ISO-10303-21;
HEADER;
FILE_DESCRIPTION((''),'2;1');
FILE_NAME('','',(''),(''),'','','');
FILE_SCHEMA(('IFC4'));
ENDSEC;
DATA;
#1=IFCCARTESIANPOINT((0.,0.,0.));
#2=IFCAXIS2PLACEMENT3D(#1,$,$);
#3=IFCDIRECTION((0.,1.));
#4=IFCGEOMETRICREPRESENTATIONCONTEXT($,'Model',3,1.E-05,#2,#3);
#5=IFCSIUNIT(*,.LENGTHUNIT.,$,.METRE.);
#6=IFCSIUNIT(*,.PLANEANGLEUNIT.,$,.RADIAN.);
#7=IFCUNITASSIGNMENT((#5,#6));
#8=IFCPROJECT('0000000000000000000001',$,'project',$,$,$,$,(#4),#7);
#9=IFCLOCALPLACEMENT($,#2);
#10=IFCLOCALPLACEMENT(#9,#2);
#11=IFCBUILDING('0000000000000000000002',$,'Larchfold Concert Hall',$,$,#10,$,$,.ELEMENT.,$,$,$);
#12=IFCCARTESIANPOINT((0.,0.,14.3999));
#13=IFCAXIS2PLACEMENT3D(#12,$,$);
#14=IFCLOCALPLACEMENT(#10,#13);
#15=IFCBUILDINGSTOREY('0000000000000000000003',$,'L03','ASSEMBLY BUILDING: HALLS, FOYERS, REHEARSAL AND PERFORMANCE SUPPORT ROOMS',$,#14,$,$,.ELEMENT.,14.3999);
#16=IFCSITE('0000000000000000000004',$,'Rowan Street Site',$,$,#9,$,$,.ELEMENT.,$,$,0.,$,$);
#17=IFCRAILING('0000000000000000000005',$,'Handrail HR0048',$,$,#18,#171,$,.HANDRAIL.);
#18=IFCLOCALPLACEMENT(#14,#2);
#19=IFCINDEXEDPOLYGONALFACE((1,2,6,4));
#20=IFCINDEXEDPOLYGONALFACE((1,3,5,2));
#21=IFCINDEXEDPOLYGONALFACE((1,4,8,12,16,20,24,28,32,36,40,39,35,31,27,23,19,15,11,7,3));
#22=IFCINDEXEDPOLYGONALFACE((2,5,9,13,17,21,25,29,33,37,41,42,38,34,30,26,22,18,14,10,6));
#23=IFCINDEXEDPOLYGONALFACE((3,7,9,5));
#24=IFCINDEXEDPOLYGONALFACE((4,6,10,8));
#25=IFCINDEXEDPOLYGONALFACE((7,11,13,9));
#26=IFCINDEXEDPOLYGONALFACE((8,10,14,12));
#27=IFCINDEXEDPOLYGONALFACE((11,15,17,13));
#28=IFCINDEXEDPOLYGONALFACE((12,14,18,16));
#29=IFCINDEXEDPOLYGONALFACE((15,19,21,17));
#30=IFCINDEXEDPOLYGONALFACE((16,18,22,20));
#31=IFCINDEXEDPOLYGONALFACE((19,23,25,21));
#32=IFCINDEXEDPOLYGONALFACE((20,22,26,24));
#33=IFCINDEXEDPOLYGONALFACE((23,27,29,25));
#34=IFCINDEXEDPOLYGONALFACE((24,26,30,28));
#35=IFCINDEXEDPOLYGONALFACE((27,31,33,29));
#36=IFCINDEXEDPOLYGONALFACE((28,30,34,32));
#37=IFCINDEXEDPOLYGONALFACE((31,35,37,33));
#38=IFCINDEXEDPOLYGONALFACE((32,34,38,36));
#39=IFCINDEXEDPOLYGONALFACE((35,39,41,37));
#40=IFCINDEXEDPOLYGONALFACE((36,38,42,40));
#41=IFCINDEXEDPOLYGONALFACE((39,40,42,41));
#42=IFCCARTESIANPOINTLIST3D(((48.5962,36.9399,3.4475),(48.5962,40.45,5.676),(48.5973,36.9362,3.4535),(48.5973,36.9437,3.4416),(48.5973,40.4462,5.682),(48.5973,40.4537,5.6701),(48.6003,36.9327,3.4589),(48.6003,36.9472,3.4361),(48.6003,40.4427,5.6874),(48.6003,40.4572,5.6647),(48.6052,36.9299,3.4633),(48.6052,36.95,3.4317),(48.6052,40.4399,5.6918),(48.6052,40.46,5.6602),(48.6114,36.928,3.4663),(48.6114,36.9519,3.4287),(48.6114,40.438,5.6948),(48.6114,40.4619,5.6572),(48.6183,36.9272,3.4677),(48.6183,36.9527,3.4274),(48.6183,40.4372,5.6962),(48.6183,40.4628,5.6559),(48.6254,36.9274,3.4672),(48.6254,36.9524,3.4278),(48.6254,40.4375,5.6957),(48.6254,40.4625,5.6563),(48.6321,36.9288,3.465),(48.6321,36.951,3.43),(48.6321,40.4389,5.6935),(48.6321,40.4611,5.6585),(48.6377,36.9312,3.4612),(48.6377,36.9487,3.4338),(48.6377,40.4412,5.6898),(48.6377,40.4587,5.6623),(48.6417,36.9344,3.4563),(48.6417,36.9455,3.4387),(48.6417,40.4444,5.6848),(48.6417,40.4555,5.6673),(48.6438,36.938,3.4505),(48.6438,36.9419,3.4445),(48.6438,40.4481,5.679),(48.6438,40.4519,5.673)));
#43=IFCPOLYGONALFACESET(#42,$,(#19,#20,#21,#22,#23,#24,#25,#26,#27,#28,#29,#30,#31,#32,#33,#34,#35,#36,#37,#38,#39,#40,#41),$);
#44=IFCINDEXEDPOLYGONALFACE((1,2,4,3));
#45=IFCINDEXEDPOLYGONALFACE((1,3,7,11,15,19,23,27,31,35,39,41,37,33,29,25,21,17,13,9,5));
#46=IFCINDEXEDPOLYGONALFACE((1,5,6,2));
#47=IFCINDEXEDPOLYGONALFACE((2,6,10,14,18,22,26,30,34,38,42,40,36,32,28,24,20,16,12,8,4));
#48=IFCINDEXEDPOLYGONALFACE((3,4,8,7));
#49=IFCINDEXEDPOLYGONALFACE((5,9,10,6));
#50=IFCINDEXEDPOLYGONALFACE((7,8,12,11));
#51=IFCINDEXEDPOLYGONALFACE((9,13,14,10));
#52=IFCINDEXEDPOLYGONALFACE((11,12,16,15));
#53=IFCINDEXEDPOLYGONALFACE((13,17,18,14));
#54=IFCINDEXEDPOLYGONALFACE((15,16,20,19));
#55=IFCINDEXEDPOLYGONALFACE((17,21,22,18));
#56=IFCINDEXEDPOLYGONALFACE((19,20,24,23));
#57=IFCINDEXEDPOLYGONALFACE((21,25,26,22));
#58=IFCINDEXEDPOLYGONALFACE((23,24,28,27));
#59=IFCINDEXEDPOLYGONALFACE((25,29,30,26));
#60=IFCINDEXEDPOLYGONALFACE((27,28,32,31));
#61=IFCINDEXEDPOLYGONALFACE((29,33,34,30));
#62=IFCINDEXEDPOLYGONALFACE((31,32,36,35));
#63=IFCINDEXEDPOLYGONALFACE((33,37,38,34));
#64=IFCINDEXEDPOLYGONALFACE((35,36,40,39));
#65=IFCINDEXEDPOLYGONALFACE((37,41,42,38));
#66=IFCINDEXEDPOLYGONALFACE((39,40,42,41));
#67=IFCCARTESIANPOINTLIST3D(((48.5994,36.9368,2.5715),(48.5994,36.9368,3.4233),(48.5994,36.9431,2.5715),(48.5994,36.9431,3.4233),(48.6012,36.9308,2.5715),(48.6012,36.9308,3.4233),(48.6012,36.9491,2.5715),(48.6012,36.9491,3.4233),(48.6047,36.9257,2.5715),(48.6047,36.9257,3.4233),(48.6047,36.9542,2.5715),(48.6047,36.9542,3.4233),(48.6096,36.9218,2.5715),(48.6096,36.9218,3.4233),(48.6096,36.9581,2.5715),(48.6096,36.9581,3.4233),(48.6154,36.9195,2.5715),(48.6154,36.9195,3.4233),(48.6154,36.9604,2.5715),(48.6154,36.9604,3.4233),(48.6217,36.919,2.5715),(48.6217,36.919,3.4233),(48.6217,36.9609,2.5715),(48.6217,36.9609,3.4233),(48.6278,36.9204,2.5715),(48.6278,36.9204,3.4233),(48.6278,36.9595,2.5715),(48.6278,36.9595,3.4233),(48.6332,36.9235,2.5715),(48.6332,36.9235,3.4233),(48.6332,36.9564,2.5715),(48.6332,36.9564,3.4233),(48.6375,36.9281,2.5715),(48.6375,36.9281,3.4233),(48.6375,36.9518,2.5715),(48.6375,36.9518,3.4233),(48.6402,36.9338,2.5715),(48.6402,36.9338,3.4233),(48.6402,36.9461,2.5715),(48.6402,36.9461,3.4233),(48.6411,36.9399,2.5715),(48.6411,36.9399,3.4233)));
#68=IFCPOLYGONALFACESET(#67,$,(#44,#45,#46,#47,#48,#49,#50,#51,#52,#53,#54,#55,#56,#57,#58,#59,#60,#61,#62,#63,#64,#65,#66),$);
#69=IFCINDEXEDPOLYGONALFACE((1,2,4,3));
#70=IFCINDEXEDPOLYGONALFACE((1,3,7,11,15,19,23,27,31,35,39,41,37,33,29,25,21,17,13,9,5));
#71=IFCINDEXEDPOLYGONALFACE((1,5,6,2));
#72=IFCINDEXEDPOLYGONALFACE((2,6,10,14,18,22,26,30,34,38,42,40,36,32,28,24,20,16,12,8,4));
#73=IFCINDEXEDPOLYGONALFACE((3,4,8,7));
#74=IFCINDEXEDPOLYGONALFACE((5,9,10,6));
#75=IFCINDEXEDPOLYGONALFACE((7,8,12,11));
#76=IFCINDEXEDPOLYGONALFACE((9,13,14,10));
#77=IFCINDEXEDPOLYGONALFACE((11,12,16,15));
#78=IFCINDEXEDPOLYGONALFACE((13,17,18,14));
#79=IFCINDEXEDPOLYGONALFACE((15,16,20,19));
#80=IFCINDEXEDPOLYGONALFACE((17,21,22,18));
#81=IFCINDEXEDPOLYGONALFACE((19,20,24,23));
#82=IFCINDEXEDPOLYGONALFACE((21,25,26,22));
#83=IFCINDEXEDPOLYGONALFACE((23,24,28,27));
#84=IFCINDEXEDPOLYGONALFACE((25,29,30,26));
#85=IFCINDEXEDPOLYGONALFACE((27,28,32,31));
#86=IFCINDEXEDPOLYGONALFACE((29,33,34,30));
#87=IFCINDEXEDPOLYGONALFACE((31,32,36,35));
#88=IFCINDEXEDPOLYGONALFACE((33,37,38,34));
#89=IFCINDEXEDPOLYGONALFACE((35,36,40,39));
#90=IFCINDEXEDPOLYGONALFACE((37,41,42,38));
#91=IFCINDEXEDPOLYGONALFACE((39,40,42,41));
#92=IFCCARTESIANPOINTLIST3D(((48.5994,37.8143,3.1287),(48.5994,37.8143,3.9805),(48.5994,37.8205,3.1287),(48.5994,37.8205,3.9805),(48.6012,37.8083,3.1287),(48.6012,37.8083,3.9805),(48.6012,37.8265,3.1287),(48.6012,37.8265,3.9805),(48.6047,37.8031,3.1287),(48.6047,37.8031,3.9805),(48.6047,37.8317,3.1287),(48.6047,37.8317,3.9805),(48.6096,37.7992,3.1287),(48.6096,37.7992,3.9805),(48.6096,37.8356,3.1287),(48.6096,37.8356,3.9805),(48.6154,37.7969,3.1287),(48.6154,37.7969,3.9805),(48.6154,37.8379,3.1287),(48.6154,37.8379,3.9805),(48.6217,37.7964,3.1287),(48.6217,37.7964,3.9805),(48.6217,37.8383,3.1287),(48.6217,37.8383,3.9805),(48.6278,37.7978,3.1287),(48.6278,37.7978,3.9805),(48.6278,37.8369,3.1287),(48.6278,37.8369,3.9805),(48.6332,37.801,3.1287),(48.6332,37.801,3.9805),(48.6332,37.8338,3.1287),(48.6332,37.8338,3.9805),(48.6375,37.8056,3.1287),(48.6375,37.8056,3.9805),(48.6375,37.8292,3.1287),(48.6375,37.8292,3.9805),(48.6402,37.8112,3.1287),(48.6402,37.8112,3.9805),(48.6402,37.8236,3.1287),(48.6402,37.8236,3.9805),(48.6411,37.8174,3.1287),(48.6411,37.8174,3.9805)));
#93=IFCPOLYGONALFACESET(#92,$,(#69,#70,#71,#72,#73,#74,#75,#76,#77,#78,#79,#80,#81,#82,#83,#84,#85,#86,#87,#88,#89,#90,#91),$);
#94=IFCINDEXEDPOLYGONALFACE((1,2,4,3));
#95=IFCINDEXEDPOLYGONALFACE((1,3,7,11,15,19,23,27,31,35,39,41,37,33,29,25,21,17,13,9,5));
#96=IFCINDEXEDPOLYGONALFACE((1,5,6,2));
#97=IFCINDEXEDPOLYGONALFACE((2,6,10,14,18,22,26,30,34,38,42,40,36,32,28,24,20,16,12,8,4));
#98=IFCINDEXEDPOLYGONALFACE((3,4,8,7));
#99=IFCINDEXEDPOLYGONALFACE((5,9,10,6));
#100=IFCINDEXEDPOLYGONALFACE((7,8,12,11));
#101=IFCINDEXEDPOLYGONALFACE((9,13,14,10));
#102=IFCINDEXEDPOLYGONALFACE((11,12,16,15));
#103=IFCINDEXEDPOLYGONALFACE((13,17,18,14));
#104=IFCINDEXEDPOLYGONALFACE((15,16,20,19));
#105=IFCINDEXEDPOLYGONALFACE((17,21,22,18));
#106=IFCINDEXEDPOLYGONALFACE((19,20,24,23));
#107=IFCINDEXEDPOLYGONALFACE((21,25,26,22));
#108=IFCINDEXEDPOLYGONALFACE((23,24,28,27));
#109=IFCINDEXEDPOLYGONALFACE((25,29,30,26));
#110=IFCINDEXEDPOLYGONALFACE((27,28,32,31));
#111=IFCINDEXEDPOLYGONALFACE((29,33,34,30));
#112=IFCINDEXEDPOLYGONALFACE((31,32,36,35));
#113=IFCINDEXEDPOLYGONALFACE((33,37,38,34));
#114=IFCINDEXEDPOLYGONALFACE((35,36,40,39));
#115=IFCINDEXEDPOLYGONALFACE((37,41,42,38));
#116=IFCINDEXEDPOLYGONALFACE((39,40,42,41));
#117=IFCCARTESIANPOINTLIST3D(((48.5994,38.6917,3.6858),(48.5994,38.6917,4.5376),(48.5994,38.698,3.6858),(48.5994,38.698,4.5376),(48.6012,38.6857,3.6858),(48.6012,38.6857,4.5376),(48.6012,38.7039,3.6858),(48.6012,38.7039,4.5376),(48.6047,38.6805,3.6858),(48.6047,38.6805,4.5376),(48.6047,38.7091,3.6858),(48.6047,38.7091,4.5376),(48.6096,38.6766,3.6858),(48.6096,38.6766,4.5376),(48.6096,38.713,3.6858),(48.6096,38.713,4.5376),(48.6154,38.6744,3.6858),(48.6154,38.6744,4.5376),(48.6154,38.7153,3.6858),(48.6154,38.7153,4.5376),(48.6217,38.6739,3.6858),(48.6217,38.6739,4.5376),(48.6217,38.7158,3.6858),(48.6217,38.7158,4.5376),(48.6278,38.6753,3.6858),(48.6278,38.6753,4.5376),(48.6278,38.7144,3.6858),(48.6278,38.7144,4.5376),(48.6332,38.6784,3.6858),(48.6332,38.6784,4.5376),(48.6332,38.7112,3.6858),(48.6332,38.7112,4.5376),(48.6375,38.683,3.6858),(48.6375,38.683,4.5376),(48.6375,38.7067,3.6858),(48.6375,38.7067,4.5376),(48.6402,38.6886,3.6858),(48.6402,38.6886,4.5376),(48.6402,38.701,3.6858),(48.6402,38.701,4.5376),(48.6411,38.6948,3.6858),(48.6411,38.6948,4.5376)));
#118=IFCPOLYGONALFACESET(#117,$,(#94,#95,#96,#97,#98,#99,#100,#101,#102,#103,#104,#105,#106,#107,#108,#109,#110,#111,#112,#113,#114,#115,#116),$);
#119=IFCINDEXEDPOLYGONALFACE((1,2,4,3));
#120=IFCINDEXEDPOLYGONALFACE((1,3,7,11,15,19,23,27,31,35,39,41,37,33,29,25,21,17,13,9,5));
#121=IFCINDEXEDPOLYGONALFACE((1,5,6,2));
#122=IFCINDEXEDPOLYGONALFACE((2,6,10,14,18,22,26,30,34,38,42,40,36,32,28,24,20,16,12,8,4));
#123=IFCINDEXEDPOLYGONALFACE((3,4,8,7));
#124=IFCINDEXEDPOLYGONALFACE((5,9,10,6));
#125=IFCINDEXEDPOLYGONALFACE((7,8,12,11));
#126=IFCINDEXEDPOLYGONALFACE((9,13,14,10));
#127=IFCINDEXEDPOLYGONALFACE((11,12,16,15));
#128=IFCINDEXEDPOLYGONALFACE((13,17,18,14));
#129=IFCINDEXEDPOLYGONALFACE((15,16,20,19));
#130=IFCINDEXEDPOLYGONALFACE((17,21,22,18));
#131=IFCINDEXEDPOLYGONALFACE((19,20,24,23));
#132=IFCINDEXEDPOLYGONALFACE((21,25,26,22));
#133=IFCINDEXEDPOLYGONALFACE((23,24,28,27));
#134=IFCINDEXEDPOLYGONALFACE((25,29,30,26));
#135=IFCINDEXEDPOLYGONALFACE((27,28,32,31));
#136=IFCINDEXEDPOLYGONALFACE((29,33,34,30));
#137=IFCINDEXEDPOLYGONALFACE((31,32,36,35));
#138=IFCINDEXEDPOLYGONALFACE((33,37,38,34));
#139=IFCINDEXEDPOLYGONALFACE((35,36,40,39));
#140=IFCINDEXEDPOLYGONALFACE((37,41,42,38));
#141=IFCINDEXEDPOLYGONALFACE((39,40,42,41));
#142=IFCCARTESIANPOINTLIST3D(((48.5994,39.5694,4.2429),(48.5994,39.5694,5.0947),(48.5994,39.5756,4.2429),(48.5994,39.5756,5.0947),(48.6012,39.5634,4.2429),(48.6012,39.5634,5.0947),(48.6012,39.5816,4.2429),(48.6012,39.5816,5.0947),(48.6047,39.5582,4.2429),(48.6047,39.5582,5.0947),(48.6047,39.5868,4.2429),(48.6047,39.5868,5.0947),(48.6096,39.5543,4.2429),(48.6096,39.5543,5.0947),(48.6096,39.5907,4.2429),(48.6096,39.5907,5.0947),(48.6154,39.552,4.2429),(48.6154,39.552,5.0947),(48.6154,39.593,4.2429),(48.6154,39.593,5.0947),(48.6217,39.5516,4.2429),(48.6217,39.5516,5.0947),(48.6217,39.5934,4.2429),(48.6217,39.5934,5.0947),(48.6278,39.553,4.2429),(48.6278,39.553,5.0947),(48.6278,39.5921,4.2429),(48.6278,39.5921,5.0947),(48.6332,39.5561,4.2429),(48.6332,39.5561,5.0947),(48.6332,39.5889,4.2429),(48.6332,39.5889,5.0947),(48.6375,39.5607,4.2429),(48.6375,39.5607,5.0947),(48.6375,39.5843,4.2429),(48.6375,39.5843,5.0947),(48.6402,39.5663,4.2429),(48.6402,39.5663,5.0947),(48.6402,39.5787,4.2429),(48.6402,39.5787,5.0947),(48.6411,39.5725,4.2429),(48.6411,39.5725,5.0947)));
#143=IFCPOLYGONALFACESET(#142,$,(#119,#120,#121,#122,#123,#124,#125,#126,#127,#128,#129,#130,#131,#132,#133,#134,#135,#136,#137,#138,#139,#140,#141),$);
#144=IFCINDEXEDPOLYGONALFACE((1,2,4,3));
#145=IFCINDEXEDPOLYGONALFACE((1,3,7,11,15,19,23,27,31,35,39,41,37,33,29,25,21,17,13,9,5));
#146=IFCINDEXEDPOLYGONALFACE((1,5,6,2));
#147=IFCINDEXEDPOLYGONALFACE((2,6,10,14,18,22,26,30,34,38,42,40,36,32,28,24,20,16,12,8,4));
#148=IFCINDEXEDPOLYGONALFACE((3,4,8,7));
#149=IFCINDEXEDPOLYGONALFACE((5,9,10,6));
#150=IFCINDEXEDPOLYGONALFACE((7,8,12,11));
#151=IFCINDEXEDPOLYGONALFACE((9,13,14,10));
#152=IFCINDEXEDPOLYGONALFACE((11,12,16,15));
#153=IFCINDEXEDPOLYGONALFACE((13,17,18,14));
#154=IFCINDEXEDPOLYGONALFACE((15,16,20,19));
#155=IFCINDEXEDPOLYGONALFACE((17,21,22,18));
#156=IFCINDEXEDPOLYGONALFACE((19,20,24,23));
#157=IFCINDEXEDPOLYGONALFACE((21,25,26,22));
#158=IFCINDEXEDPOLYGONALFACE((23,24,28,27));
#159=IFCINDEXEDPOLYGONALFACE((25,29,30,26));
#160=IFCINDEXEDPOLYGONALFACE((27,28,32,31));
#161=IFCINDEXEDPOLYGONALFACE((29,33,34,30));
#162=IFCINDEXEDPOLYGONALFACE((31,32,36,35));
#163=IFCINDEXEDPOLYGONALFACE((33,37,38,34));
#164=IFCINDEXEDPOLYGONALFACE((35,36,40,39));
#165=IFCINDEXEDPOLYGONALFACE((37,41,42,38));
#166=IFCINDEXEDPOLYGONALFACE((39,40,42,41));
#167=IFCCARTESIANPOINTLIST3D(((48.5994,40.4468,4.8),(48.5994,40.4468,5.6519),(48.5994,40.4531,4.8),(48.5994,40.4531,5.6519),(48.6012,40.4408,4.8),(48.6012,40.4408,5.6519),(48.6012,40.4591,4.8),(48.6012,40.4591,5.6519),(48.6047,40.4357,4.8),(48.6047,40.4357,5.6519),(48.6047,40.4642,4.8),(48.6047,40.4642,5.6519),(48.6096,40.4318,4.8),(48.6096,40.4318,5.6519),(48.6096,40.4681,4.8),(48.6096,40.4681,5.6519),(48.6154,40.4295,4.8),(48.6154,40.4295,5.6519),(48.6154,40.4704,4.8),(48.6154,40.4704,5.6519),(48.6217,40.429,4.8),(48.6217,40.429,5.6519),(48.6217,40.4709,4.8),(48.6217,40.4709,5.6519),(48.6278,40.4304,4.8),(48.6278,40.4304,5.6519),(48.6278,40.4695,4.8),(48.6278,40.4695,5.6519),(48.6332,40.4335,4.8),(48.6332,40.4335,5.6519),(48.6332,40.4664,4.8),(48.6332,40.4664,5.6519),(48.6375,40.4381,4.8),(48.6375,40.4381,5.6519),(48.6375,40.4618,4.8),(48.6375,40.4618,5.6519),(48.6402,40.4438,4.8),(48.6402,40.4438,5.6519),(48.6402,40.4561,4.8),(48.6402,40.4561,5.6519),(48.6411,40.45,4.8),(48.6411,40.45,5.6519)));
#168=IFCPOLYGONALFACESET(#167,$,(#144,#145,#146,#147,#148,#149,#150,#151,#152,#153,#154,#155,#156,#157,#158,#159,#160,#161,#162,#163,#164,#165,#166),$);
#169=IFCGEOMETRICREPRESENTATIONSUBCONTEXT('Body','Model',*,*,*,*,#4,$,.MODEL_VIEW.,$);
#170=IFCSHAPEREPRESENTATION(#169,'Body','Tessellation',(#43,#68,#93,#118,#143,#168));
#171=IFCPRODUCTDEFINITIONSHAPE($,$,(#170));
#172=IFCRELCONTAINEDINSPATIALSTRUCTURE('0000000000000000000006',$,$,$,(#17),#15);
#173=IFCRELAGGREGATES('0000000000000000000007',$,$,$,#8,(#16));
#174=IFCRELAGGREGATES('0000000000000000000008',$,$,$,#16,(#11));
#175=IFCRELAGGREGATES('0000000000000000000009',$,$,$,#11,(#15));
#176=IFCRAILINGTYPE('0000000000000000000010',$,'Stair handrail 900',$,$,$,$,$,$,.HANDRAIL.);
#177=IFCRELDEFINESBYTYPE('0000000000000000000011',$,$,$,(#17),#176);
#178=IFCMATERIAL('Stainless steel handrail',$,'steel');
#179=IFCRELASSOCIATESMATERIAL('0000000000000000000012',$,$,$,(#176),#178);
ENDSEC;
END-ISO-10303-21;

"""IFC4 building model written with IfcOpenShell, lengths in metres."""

from ifc_helpers import new_model, si_unit, direction, frame, origin, origin_2d, place, context, subcontext, project, spatial, circle, extrude, material, type_object, element, save


model = new_model("IFC4")

# Units and contexts
model_context = context("Model", 3, precision=1e-05, world=origin(), true_north=direction((0.0, 1.0)))
body_context = subcontext(model_context, "Body", "Model", "MODEL_VIEW")
ifc_project = project(units=[si_unit("LENGTHUNIT", "METRE"), si_unit("PLANEANGLEUNIT", "RADIAN")], contexts=[model_context])

# Site, building, storey
site_placement = place(None, origin())
site = spatial("IfcSite", under=ifc_project, at=site_placement, Name="Rowan Street Site", CompositionType="ELEMENT", RefElevation=0.0)
building_placement = place(site_placement, origin())
building = spatial("IfcBuilding", under=site, at=building_placement, Name="Larchfold Concert Hall", CompositionType="ELEMENT")
storey_placement = place(building_placement, frame((0.0, 0.0, 14.3999)))
storey = spatial("IfcBuildingStorey", under=building, at=storey_placement, Name="L03", Description="ASSEMBLY BUILDING: HALLS, FOYERS, REHEARSAL AND PERFORMANCE SUPPORT ROOMS", CompositionType="ELEMENT", Elevation=14.3999)

# Railing
ifc_material_1 = material(Name="Stainless steel handrail", Category="steel")
railing_type_1 = type_object("IfcRailingType", Name="Stair handrail 900", PredefinedType="HANDRAIL", material=ifc_material_1)
railing_1_placement = place(storey_placement, frame((48.6201, 36.9399, 2.5715)))
element("IfcRailing", 1, at=railing_1_placement, inside=storey, type_object=railing_type_1, Name="Handrail HR0048", PredefinedType="HANDRAIL", context=body_context, shape_type="SweptSolid", body=[
    extrude(circle(Radius=0.0239, at=origin_2d()), frame((0.0, 0.0, 0.876), z_axis=(0.0, 0.84422, 0.535998), x_axis=(-1.0, 0.0, 0.0)), (0.0, 0.0, 1.0), 4.1577),
    extrude(circle(Radius=0.021, at=origin_2d()), origin(), (0.0, 0.0, 1.0), 0.8518),
    extrude(circle(Radius=0.021, at=origin_2d()), frame((0.0, 0.8774, 0.5571)), (0.0, 0.0, 1.0), 0.8518),
    extrude(circle(Radius=0.021, at=origin_2d()), frame((0.0, 1.7549, 1.1143)), (0.0, 0.0, 1.0), 0.8518),
    extrude(circle(Radius=0.021, at=origin_2d()), frame((0.0, 2.6326, 1.6714)), (0.0, 0.0, 1.0), 0.8518),
    extrude(circle(Radius=0.021, at=origin_2d()), frame((0.0, 3.51, 2.2285)), (0.0, 0.0, 1.0), 0.8518),
])

save(model, "model.ifc")
